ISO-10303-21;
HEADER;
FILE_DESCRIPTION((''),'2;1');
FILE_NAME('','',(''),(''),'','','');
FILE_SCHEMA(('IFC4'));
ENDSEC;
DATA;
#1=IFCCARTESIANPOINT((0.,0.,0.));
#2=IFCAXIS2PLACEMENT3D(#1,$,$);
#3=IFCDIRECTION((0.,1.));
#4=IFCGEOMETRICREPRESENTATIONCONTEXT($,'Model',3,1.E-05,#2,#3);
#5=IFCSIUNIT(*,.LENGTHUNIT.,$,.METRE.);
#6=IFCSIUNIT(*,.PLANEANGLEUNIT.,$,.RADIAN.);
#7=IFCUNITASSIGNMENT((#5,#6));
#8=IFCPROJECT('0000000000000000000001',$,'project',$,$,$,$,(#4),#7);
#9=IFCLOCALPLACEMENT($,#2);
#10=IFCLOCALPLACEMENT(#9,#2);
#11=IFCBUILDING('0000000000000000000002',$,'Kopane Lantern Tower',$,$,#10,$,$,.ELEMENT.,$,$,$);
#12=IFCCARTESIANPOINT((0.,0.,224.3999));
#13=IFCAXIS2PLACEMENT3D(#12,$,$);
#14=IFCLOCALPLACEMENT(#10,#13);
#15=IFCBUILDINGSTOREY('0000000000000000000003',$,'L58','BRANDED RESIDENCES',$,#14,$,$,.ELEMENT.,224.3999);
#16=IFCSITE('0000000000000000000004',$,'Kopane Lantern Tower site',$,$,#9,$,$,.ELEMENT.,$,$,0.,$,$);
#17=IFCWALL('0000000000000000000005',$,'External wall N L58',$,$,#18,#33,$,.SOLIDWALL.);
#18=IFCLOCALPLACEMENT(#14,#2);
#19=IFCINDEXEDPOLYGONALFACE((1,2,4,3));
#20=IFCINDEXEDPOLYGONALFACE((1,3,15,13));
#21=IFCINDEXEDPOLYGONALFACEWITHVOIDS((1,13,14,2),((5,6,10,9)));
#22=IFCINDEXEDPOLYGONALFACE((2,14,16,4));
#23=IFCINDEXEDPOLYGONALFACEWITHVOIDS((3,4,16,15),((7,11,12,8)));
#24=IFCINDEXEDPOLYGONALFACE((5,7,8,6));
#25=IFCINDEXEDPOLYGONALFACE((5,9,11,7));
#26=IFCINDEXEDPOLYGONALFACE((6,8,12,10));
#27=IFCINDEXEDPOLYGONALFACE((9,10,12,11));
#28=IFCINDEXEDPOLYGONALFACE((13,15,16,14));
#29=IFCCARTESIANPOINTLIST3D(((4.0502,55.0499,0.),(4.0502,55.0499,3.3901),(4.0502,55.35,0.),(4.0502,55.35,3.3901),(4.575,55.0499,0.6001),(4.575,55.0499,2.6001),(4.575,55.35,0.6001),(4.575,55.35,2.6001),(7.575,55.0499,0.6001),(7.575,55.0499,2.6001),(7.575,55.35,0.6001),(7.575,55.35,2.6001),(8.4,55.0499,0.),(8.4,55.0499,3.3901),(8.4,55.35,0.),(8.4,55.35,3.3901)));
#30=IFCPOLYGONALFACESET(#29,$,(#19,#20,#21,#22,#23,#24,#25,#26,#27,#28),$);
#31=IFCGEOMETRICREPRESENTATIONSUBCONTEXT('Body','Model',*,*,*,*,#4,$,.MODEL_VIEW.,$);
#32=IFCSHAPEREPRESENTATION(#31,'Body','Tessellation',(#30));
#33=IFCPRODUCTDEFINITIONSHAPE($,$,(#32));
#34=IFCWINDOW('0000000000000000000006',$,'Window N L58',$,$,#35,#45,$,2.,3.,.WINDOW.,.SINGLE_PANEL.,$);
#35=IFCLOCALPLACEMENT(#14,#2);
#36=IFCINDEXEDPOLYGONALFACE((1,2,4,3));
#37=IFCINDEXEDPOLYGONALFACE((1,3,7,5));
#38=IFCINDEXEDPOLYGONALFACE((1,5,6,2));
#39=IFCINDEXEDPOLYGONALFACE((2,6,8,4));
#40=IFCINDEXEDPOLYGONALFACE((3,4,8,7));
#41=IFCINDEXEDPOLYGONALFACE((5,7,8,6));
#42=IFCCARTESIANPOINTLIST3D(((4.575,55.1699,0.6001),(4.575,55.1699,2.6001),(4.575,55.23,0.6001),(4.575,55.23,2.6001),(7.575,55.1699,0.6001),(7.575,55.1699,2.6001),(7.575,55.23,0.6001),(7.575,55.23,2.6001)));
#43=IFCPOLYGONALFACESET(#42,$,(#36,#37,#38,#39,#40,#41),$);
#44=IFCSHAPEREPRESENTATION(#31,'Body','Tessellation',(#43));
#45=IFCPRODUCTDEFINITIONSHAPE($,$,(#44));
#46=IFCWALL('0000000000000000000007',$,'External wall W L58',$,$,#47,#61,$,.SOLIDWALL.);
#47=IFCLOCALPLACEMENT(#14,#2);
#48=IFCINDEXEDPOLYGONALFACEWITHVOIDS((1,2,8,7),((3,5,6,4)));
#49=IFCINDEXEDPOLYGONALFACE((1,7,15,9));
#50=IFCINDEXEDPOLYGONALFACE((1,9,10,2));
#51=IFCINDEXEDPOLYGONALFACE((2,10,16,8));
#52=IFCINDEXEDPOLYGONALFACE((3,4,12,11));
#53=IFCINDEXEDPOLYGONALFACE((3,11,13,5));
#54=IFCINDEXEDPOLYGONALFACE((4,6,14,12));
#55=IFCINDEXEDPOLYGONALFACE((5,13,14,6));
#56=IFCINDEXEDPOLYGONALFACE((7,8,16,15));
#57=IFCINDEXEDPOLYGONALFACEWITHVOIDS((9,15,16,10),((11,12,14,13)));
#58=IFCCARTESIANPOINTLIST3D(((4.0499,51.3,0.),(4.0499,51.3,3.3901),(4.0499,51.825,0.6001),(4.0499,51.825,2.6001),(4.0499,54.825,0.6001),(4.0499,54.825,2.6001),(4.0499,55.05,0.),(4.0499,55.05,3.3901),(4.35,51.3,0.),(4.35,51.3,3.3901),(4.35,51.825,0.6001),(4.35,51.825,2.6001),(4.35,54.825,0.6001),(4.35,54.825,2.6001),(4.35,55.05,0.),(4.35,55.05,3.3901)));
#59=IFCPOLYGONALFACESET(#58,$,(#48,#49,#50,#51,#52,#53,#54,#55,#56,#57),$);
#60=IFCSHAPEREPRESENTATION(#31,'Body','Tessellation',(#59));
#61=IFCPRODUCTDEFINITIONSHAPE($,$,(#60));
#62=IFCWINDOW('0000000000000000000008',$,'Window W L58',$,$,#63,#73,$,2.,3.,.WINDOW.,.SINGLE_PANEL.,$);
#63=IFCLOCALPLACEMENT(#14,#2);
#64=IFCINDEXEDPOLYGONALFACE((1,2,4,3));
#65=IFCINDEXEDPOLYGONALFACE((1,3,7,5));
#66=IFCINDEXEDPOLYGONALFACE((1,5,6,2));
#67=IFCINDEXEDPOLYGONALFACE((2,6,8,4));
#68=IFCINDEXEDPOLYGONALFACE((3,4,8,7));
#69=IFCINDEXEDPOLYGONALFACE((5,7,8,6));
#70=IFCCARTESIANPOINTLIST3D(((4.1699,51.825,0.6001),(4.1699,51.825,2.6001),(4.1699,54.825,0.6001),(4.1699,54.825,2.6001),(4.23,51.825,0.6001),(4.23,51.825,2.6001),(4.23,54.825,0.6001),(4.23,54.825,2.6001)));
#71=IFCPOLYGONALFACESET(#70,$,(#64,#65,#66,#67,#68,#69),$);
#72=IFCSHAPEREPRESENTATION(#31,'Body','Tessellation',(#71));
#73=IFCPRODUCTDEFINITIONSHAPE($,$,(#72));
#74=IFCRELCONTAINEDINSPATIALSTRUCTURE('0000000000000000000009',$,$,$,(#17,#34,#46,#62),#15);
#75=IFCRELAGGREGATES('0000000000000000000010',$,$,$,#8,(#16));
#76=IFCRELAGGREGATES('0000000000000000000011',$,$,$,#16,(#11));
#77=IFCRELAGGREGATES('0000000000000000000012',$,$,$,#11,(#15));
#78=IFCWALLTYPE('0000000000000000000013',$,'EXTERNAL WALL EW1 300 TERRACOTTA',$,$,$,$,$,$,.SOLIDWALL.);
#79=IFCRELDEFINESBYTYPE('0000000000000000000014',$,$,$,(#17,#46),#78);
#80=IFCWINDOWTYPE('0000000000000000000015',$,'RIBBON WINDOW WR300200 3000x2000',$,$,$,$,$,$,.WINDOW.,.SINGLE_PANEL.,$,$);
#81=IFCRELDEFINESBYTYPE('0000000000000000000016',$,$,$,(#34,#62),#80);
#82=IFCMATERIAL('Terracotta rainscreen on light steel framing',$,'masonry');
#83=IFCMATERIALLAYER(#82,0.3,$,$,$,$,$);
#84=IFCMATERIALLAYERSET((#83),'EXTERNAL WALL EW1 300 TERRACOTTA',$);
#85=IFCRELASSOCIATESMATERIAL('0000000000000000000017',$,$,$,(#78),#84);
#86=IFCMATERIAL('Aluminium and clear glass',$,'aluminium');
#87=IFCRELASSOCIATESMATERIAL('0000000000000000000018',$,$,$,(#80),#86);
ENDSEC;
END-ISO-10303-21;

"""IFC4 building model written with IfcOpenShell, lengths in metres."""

from ifc_helpers import new_model, si_unit, direction, frame, frame_2d, origin, place, context, subcontext, project, spatial, rectangle, extrude, material, layer, layer_set, type_object, element, fill, save


model = new_model("IFC4")

# Units and contexts
model_context = context("Model", 3, precision=1e-05, world=origin(), true_north=direction((0.0, 1.0)))
body_context = subcontext(model_context, "Body", "Model", "MODEL_VIEW")
ifc_project = project(units=[si_unit("LENGTHUNIT", "METRE"), si_unit("PLANEANGLEUNIT", "RADIAN")], contexts=[model_context])

# Site, building, storey
site_placement = place(None, origin())
site = spatial("IfcSite", under=ifc_project, at=site_placement, Name="Kopane Lantern Tower site", CompositionType="ELEMENT", RefElevation=0.0)
building_placement = place(site_placement, origin())
building = spatial("IfcBuilding", under=site, at=building_placement, Name="Kopane Lantern Tower", CompositionType="ELEMENT")
storey_placement = place(building_placement, frame((0.0, 0.0, 224.3999)))
storey = spatial("IfcBuildingStorey", under=building, at=storey_placement, Name="L58", Description="BRANDED RESIDENCES", CompositionType="ELEMENT", Elevation=224.3999)

# Walls, openings, windows
ifc_material_1 = material(Name="Terracotta rainscreen on light steel framing", Category="masonry")
ifc_layer_1 = layer(ifc_material_1, 0.3)
ifc_layer_set_1 = layer_set([ifc_layer_1], Name="EXTERNAL WALL EW1 300 TERRACOTTA")
wall_type_1 = type_object("IfcWallType", Name="EXTERNAL WALL EW1 300 TERRACOTTA", PredefinedType="SOLIDWALL", material=ifc_layer_set_1)
ifc_material_2 = material(Name="Aluminium and clear glass", Category="aluminium")
window_type = type_object("IfcWindowType", Name="RIBBON WINDOW WR300200 3000x2000", PartitioningType="SINGLE_PANEL", PredefinedType="WINDOW", material=ifc_material_2)
wall_1_placement = place(storey_placement, frame((8.3999, 55.2, 0.0), z_axis=(0.0, 0.0, 1.0), x_axis=(-1.0, 0.0, 0.0)))
wall_1 = element("IfcWall", 1, at=wall_1_placement, inside=storey, type_object=wall_type_1, Name="External wall N L58", PredefinedType="SOLIDWALL", context=body_context, shape_type="SweptSolid", body=[
    extrude(rectangle(XDim=4.3499, YDim=0.3, at=frame_2d((2.1748, 0.0))), origin(), (0.0, 0.0, 1.0), 3.3901),
])
opening_1_placement = place(wall_1_placement, frame((0.825, 0.0, 0.6001)))
opening_1 = element("IfcOpeningElement", 2, at=opening_1_placement, cuts=wall_1, PredefinedType="OPENING", context=body_context, shape_type="SweptSolid", body=[
    extrude(rectangle(XDim=3.0, YDim=2.0, at=frame_2d((1.5, 1.0))), frame((0.0, 0.1599, 0.0), z_axis=(0.0, -1.0, 0.0), x_axis=(1.0, 0.0, 0.0)), (0.0, 0.0, 1.0), 0.3201),
])
window_1_placement = place(opening_1_placement, origin())
window_1 = element("IfcWindow", 3, at=window_1_placement, inside=storey, type_object=window_type, Name="Window N L58", OverallHeight=2.0, OverallWidth=3.0, PartitioningType="SINGLE_PANEL", PredefinedType="WINDOW", context=body_context, shape_type="SweptSolid", body=[
    extrude(rectangle(XDim=3.0, YDim=2.0, at=frame_2d((1.5, 1.0))), frame((0.0, 0.03, 0.0), z_axis=(0.0, -1.0, 0.0), x_axis=(1.0, 0.0, 0.0)), (0.0, 0.0, 1.0), 0.0601),
])
fill(opening_1, window_1)
wall_2_placement = place(storey_placement, frame((4.2, 55.05, 0.0), z_axis=(0.0, 0.0, 1.0), x_axis=(0.0, -1.0, 0.0)))
wall_2 = element("IfcWall", 4, at=wall_2_placement, inside=storey, type_object=wall_type_1, Name="External wall W L58", PredefinedType="SOLIDWALL", context=body_context, shape_type="SweptSolid", body=[
    extrude(rectangle(XDim=3.75, YDim=0.3, at=frame_2d((1.875, 0.0))), origin(), (0.0, 0.0, 1.0), 3.3901),
])
opening_2_placement = place(wall_2_placement, frame((0.2251, 0.0, 0.6001)))
opening_2 = element("IfcOpeningElement", 5, at=opening_2_placement, cuts=wall_2, PredefinedType="OPENING", context=body_context, shape_type="SweptSolid", body=[
    extrude(rectangle(XDim=3.0, YDim=2.0, at=frame_2d((1.5, 1.0))), frame((0.0, 0.1599, 0.0), z_axis=(0.0, -1.0, 0.0), x_axis=(1.0, 0.0, 0.0)), (0.0, 0.0, 1.0), 0.3201),
])
window_2_placement = place(opening_2_placement, origin())
window_2 = element("IfcWindow", 6, at=window_2_placement, inside=storey, type_object=window_type, Name="Window W L58", OverallHeight=2.0, OverallWidth=3.0, PartitioningType="SINGLE_PANEL", PredefinedType="WINDOW", context=body_context, shape_type="SweptSolid", body=[
    extrude(rectangle(XDim=3.0, YDim=2.0, at=frame_2d((1.5, 1.0))), frame((0.0, 0.03, 0.0), z_axis=(0.0, -1.0, 0.0), x_axis=(1.0, 0.0, 0.0)), (0.0, 0.0, 1.0), 0.0601),
])
fill(opening_2, window_2)

save(model, "model.ifc")
